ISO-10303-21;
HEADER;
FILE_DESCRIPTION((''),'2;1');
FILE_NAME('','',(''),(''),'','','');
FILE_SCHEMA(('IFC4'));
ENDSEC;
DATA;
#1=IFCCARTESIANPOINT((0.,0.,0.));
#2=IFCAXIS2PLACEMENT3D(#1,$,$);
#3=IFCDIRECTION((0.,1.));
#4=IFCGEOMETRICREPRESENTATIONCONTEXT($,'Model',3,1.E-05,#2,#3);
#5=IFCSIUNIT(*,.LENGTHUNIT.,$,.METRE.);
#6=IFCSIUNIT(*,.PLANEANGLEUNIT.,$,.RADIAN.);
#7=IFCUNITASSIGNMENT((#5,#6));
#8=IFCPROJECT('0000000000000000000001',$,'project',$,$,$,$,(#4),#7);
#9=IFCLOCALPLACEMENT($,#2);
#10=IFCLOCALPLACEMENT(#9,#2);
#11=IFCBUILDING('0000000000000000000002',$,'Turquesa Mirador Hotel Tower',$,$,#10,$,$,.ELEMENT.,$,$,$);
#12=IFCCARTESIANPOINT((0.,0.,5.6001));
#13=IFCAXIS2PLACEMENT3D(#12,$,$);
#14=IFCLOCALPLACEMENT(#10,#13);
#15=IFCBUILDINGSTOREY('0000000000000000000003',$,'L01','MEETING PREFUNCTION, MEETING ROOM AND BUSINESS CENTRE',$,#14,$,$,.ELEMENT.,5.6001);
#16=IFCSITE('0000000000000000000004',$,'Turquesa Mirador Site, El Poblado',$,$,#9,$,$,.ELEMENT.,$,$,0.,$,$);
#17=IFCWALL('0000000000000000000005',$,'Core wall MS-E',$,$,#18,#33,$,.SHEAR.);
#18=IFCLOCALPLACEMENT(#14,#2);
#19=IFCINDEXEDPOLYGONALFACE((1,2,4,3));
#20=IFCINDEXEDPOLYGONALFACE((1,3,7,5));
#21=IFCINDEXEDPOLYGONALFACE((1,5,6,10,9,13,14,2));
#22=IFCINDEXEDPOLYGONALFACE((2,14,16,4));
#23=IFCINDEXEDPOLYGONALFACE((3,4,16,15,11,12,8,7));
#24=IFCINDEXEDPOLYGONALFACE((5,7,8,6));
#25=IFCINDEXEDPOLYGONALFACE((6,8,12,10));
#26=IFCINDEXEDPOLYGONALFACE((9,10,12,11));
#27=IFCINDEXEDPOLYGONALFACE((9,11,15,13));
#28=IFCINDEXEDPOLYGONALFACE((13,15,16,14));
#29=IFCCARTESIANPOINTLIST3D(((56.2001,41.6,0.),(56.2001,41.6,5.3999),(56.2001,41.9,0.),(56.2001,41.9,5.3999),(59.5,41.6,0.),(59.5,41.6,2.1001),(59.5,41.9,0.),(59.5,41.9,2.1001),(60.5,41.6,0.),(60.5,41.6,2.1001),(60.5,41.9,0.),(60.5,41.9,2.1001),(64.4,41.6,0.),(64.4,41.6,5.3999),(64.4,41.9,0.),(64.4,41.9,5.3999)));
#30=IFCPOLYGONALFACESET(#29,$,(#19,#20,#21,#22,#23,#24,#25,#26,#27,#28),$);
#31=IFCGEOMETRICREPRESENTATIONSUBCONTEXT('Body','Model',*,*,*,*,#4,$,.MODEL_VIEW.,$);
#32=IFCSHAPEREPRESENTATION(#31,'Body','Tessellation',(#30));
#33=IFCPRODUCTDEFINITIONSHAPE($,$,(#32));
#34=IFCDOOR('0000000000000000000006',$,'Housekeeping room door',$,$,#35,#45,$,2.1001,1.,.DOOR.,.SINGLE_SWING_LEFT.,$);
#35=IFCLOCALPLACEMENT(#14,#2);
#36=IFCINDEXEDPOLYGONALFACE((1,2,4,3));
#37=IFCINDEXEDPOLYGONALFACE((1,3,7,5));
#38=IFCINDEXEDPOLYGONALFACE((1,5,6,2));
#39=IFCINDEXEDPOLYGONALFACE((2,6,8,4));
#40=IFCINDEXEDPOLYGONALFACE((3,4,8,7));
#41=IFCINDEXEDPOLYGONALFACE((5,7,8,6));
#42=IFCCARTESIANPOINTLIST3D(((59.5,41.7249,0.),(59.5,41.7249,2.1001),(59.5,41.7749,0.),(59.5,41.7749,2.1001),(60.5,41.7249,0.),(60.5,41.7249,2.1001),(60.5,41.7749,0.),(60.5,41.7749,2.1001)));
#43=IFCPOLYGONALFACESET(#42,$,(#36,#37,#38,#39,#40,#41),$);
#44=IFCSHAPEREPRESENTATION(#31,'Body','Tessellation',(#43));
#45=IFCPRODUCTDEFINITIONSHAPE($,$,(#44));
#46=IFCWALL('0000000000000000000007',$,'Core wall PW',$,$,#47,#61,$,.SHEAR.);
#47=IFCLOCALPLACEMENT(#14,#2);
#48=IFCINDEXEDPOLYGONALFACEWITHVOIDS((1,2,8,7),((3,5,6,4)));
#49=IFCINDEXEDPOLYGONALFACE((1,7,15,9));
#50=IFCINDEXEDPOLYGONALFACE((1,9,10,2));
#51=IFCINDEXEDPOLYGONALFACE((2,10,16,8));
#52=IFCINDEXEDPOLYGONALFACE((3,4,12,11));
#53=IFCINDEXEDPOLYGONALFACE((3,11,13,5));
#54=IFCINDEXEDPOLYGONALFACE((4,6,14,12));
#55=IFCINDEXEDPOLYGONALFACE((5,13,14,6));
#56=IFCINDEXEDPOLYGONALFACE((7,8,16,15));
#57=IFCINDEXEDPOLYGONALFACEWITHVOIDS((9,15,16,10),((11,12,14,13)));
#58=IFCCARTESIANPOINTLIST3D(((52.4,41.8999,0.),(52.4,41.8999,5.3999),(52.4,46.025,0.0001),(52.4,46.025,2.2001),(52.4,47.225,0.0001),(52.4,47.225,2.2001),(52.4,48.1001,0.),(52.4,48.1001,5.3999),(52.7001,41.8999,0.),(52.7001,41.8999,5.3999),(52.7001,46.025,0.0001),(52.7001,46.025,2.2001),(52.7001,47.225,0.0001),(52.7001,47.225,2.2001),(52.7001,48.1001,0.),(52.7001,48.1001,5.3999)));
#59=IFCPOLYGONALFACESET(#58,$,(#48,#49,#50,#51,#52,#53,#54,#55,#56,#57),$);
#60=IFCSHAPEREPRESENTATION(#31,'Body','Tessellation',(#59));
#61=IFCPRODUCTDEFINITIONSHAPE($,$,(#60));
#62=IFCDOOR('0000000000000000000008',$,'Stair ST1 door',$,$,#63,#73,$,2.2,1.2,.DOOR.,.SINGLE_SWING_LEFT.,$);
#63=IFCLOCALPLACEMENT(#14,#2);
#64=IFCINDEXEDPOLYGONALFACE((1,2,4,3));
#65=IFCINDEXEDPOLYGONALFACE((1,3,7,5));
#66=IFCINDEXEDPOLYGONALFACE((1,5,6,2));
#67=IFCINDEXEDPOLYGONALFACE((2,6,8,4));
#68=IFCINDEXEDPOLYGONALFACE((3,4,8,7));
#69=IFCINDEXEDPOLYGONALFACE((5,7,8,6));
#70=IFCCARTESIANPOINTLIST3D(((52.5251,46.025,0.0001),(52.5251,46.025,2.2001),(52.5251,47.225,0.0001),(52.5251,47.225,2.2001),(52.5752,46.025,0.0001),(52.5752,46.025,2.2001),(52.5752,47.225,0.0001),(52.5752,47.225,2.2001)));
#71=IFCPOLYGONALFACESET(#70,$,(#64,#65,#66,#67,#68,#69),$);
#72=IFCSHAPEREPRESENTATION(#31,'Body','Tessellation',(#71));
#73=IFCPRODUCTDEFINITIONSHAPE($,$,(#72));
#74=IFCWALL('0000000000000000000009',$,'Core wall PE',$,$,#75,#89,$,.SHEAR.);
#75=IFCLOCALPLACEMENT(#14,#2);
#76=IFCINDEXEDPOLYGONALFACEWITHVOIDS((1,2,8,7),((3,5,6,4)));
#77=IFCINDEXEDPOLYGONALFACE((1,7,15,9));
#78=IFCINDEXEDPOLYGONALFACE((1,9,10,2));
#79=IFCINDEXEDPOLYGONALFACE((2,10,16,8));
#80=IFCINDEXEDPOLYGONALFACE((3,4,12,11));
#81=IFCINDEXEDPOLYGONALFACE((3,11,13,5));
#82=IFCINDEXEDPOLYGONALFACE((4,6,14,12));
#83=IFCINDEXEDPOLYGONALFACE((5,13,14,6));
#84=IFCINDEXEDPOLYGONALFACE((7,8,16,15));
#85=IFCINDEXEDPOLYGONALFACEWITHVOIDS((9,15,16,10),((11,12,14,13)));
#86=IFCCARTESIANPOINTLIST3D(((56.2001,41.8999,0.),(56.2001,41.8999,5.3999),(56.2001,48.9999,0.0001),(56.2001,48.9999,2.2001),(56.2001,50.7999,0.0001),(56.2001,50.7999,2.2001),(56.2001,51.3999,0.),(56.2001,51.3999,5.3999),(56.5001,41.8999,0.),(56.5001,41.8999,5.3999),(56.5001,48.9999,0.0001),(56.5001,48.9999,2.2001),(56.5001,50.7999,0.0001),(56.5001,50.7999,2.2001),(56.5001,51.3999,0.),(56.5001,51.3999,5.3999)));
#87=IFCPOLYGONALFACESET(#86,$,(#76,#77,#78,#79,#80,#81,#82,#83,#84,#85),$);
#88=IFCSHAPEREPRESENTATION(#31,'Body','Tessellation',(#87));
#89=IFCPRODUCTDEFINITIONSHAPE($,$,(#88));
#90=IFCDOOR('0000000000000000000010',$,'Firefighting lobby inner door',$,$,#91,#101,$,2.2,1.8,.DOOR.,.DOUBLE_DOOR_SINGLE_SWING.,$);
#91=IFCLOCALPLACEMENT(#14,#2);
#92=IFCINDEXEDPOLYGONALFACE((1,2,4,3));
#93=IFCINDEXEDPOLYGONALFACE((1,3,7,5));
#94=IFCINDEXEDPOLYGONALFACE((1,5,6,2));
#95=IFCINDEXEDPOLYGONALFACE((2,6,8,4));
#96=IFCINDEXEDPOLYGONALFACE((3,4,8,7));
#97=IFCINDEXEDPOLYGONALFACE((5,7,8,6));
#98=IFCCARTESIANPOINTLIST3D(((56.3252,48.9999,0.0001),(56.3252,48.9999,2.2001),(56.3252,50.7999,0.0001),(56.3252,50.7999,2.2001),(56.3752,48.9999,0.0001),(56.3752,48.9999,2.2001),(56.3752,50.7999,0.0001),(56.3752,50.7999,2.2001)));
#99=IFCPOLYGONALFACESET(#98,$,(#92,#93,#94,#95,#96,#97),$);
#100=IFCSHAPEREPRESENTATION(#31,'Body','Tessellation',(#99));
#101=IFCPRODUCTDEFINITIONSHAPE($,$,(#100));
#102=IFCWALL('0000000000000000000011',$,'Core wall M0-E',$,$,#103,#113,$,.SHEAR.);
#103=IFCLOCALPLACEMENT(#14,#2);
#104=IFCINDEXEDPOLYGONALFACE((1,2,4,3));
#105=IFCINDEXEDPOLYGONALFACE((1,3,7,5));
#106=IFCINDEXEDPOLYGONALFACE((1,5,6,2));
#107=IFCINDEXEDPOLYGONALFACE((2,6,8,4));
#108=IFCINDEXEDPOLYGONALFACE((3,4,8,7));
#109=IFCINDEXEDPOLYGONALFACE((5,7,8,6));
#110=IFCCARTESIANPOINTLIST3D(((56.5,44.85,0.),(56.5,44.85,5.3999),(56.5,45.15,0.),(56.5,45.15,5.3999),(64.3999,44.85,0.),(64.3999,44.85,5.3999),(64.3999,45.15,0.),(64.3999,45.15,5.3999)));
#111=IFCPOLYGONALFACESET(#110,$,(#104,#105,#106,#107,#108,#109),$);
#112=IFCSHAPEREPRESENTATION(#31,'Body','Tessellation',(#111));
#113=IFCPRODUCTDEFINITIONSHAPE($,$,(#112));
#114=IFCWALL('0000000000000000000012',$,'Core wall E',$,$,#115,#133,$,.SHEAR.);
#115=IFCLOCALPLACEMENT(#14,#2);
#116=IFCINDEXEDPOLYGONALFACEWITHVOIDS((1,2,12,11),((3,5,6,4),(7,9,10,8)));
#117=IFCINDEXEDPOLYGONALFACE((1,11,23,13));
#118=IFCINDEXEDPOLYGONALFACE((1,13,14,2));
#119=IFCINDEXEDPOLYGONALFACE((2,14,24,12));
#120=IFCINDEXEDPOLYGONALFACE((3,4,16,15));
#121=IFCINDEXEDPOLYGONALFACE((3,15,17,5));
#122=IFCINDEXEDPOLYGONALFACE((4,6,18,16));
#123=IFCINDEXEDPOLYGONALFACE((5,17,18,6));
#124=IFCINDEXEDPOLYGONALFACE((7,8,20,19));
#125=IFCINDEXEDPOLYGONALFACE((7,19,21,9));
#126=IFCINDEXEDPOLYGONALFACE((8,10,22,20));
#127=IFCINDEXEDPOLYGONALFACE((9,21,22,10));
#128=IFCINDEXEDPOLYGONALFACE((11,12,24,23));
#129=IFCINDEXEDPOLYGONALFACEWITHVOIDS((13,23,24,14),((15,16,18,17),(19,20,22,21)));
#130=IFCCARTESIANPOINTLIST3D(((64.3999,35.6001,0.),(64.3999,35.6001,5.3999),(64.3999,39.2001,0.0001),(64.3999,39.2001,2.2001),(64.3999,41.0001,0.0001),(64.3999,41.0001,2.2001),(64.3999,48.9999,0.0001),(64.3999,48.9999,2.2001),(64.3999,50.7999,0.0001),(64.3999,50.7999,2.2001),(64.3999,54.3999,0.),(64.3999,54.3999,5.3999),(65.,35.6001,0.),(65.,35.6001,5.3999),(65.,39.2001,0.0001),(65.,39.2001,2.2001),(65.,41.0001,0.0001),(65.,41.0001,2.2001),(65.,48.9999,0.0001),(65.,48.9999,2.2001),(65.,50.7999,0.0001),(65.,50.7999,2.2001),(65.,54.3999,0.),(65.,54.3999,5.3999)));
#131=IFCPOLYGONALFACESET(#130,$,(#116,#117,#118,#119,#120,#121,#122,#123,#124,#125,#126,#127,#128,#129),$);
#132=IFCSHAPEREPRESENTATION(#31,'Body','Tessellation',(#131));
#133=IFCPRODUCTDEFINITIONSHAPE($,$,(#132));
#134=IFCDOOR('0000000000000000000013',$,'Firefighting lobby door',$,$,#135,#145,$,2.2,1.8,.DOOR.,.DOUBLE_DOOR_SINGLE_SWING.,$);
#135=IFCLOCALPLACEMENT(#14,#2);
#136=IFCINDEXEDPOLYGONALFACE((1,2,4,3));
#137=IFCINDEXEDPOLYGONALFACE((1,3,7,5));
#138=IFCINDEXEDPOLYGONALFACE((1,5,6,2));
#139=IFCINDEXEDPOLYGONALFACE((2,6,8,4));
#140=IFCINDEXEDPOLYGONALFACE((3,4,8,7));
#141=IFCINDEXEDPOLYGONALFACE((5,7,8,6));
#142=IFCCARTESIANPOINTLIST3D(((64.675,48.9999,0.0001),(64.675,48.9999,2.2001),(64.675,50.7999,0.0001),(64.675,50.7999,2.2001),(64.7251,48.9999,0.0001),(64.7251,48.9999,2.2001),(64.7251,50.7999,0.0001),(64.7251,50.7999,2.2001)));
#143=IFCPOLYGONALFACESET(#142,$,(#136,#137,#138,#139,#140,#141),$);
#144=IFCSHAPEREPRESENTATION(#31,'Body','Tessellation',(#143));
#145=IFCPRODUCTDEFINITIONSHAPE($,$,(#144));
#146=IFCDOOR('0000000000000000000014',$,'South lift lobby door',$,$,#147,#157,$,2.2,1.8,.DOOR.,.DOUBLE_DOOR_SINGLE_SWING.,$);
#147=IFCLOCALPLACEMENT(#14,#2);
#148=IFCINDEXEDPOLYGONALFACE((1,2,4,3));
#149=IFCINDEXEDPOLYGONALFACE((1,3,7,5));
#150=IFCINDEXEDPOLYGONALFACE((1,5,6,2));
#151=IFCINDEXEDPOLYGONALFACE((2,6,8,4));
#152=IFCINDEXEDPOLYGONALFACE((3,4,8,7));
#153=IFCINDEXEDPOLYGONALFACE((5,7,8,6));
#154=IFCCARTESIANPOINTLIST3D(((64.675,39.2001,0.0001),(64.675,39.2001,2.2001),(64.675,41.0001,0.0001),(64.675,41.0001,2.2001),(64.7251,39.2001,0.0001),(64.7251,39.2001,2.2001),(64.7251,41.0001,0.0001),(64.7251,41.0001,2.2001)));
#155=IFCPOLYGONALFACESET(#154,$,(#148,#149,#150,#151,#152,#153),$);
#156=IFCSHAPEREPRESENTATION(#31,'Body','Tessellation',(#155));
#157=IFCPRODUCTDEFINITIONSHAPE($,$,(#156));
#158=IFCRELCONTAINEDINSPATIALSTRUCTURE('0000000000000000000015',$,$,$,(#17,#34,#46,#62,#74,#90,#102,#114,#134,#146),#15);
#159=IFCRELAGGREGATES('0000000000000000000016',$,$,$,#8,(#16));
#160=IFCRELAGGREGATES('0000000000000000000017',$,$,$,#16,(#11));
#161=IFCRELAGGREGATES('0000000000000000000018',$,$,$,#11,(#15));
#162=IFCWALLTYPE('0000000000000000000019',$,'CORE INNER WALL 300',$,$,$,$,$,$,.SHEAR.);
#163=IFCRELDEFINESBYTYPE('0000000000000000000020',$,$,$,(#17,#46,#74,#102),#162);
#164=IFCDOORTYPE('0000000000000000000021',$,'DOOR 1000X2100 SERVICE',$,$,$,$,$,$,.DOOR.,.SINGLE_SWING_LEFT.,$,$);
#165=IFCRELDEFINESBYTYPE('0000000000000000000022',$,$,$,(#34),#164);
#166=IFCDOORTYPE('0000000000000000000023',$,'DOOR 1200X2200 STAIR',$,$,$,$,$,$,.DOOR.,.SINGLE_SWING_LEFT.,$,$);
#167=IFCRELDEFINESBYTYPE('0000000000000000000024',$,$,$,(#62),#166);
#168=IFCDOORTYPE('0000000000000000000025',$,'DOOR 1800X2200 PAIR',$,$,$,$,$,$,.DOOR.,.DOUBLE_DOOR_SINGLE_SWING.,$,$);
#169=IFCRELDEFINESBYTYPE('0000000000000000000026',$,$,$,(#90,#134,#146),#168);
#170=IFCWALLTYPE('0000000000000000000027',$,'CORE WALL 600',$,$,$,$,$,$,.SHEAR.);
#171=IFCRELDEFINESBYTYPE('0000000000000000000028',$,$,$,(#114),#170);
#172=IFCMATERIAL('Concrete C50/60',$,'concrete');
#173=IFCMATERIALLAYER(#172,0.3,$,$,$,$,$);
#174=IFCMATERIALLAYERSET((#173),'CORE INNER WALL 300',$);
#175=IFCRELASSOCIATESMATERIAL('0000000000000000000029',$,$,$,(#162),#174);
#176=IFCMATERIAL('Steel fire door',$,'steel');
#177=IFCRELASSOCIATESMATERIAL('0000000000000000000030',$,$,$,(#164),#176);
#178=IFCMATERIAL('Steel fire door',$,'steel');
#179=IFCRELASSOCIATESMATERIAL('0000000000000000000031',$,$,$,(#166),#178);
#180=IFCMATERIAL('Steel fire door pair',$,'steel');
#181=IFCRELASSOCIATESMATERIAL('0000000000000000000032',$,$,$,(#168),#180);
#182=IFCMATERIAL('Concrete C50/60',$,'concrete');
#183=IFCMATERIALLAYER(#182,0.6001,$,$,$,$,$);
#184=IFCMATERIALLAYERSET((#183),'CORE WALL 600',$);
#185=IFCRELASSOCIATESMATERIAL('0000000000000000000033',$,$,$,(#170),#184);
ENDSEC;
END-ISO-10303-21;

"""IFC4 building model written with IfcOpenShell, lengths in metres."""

from ifc_helpers import new_model, si_unit, direction, frame, frame_2d, origin, place, context, subcontext, project, spatial, rectangle, extrude, material, layer, layer_set, type_object, element, fill, save


model = new_model("IFC4")

# Units and contexts
model_context = context("Model", 3, precision=1e-05, world=origin(), true_north=direction((0.0, 1.0)))
body_context = subcontext(model_context, "Body", "Model", "MODEL_VIEW")
ifc_project = project(units=[si_unit("LENGTHUNIT", "METRE"), si_unit("PLANEANGLEUNIT", "RADIAN")], contexts=[model_context])

# Site, building, storey
site_placement = place(None, origin())
site = spatial("IfcSite", under=ifc_project, at=site_placement, Name="Turquesa Mirador Site, El Poblado", CompositionType="ELEMENT", RefElevation=0.0)
building_placement = place(site_placement, origin())
building = spatial("IfcBuilding", under=site, at=building_placement, Name="Turquesa Mirador Hotel Tower", CompositionType="ELEMENT")
storey_placement = place(building_placement, frame((0.0, 0.0, 5.6001)))
storey = spatial("IfcBuildingStorey", under=building, at=storey_placement, Name="L01", Description="MEETING PREFUNCTION, MEETING ROOM AND BUSINESS CENTRE", CompositionType="ELEMENT", Elevation=5.6001)

# Walls, openings, doors
ifc_material_1 = material(Name="Concrete C50/60", Category="concrete")
ifc_layer_1 = layer(ifc_material_1, 0.3)
ifc_layer_set_1 = layer_set([ifc_layer_1], Name="CORE INNER WALL 300")
wall_type_1 = type_object("IfcWallType", Name="CORE INNER WALL 300", PredefinedType="SHEAR", material=ifc_layer_set_1)
wall_1_placement = place(storey_placement, frame((56.2, 41.75, 0.0), z_axis=(0.0, 0.0, 1.0), x_axis=(1.0, 0.0, 0.0)))
wall_1 = element("IfcWall", 1, at=wall_1_placement, inside=storey, type_object=wall_type_1, Name="Core wall MS-E", PredefinedType="SHEAR", context=body_context, shape_type="SweptSolid", body=[
    extrude(rectangle(XDim=8.2, YDim=0.3, at=frame_2d((4.1001, 0.0))), origin(), (0.0, 0.0, 1.0), 5.3999),
])
opening_1_placement = place(wall_1_placement, frame((3.3, 0.0, 0.0)))
opening_1 = element("IfcOpeningElement", 2, at=opening_1_placement, cuts=wall_1, PredefinedType="OPENING", context=body_context, shape_type="SweptSolid", body=[
    extrude(rectangle(XDim=1.0, YDim=2.1001, at=frame_2d((0.5, 1.05))), frame((0.0, 0.1599, 0.0), z_axis=(0.0, -1.0, 0.0), x_axis=(1.0, 0.0, 0.0)), (0.0, 0.0, 1.0), 0.3201),
])
ifc_material_2 = material(Name="Steel fire door", Category="steel")
door_type_1 = type_object("IfcDoorType", Name="DOOR 1000X2100 SERVICE", OperationType="SINGLE_SWING_LEFT", PredefinedType="DOOR", material=ifc_material_2)
door_1_placement = place(opening_1_placement, origin())
door_1 = element("IfcDoor", 3, at=door_1_placement, inside=storey, type_object=door_type_1, Name="Housekeeping room door", OperationType="SINGLE_SWING_LEFT", OverallHeight=2.1001, OverallWidth=1.0, PredefinedType="DOOR", context=body_context, shape_type="SweptSolid", body=[
    extrude(rectangle(XDim=1.0, YDim=2.1001, at=frame_2d((0.5, 1.05))), frame((0.0, 0.0249, 0.0), z_axis=(0.0, -1.0, 0.0), x_axis=(1.0, 0.0, 0.0)), (0.0, 0.0, 1.0), 0.05),
])
fill(opening_1, door_1)
wall_2_placement = place(storey_placement, frame((52.55, 41.8999, 0.0), z_axis=(0.0, 0.0, 1.0), x_axis=(0.0, 1.0, 0.0)))
wall_2 = element("IfcWall", 4, at=wall_2_placement, inside=storey, type_object=wall_type_1, Name="Core wall PW", PredefinedType="SHEAR", context=body_context, shape_type="SweptSolid", body=[
    extrude(rectangle(XDim=6.2002, YDim=0.3, at=frame_2d((3.1001, 0.0))), origin(), (0.0, 0.0, 1.0), 5.3999),
])
opening_2_placement = place(wall_2_placement, frame((4.125, 0.0, 0.0)))
opening_2 = element("IfcOpeningElement", 5, at=opening_2_placement, cuts=wall_2, PredefinedType="OPENING", context=body_context, shape_type="SweptSolid", body=[
    extrude(rectangle(XDim=1.2, YDim=2.2, at=frame_2d((0.6001, 1.1001))), frame((0.0, 0.1599, 0.0), z_axis=(0.0, -1.0, 0.0), x_axis=(1.0, 0.0, 0.0)), (0.0, 0.0, 1.0), 0.3201),
])
ifc_material_3 = material(Name="Steel fire door", Category="steel")
door_type_2 = type_object("IfcDoorType", Name="DOOR 1200X2200 STAIR", OperationType="SINGLE_SWING_LEFT", PredefinedType="DOOR", material=ifc_material_3)
door_2_placement = place(opening_2_placement, origin())
door_2 = element("IfcDoor", 6, at=door_2_placement, inside=storey, type_object=door_type_2, Name="Stair ST1 door", OperationType="SINGLE_SWING_LEFT", OverallHeight=2.2, OverallWidth=1.2, PredefinedType="DOOR", context=body_context, shape_type="SweptSolid", body=[
    extrude(rectangle(XDim=1.2, YDim=2.2, at=frame_2d((0.6001, 1.1001))), frame((0.0, 0.0249, 0.0), z_axis=(0.0, -1.0, 0.0), x_axis=(1.0, 0.0, 0.0)), (0.0, 0.0, 1.0), 0.05),
])
fill(opening_2, door_2)
wall_3_placement = place(storey_placement, frame((56.3501, 41.8999, 0.0), z_axis=(0.0, 0.0, 1.0), x_axis=(0.0, 1.0, 0.0)))
wall_3 = element("IfcWall", 7, at=wall_3_placement, inside=storey, type_object=wall_type_1, Name="Core wall PE", PredefinedType="SHEAR", context=body_context, shape_type="SweptSolid", body=[
    extrude(rectangle(XDim=9.5, YDim=0.3, at=frame_2d((4.75, 0.0))), origin(), (0.0, 0.0, 1.0), 5.3999),
])
opening_3_placement = place(wall_3_placement, frame((7.1001, 0.0, 0.0)))
opening_3 = element("IfcOpeningElement", 8, at=opening_3_placement, cuts=wall_3, PredefinedType="OPENING", context=body_context, shape_type="SweptSolid", body=[
    extrude(rectangle(XDim=1.8, YDim=2.2, at=frame_2d((0.8999, 1.1001))), frame((0.0, 0.1599, 0.0), z_axis=(0.0, -1.0, 0.0), x_axis=(1.0, 0.0, 0.0)), (0.0, 0.0, 1.0), 0.3201),
])
ifc_material_4 = material(Name="Steel fire door pair", Category="steel")
door_type_3 = type_object("IfcDoorType", Name="DOOR 1800X2200 PAIR", OperationType="DOUBLE_DOOR_SINGLE_SWING", PredefinedType="DOOR", material=ifc_material_4)
door_3_placement = place(opening_3_placement, origin())
door_3 = element("IfcDoor", 9, at=door_3_placement, inside=storey, type_object=door_type_3, Name="Firefighting lobby inner door", OperationType="DOUBLE_DOOR_SINGLE_SWING", OverallHeight=2.2, OverallWidth=1.8, PredefinedType="DOOR", context=body_context, shape_type="SweptSolid", body=[
    extrude(rectangle(XDim=1.8, YDim=2.2, at=frame_2d((0.8999, 1.1001))), frame((0.0, 0.0249, 0.0), z_axis=(0.0, -1.0, 0.0), x_axis=(1.0, 0.0, 0.0)), (0.0, 0.0, 1.0), 0.05),
])
fill(opening_3, door_3)

# Wall
wall_4_placement = place(storey_placement, frame((56.5, 45.0, 0.0), z_axis=(0.0, 0.0, 1.0), x_axis=(1.0, 0.0, 0.0)))
element("IfcWall", 10, at=wall_4_placement, inside=storey, type_object=wall_type_1, Name="Core wall M0-E", PredefinedType="SHEAR", context=body_context, shape_type="SweptSolid", body=[
    extrude(rectangle(XDim=7.8999, YDim=0.3, at=frame_2d((3.95, 0.0))), origin(), (0.0, 0.0, 1.0), 5.3999),
])

# Wall, openings, doors
ifc_material_5 = material(Name="Concrete C50/60", Category="concrete")
ifc_layer_2 = layer(ifc_material_5, 0.6001)
ifc_layer_set_2 = layer_set([ifc_layer_2], Name="CORE WALL 600")
wall_type_2 = type_object("IfcWallType", Name="CORE WALL 600", PredefinedType="SHEAR", material=ifc_layer_set_2)
wall_5_placement = place(storey_placement, frame((64.7, 35.6001, 0.0), z_axis=(0.0, 0.0, 1.0), x_axis=(0.0, 1.0, 0.0)))
wall_5 = element("IfcWall", 11, at=wall_5_placement, inside=storey, type_object=wall_type_2, Name="Core wall E", PredefinedType="SHEAR", context=body_context, shape_type="SweptSolid", body=[
    extrude(rectangle(XDim=18.7998, YDim=0.6001, at=frame_2d((9.3999, 0.0))), origin(), (0.0, 0.0, 1.0), 5.3999),
])
opening_4_placement = place(wall_5_placement, frame((13.3999, 0.0, 0.0)))
opening_4 = element("IfcOpeningElement", 12, at=opening_4_placement, cuts=wall_5, PredefinedType="OPENING", context=body_context, shape_type="SweptSolid", body=[
    extrude(rectangle(XDim=1.8, YDim=2.2, at=frame_2d((0.8999, 1.1001))), frame((0.0, 0.3101, 0.0), z_axis=(0.0, -1.0, 0.0), x_axis=(1.0, 0.0, 0.0)), (0.0, 0.0, 1.0), 0.6201),
])
opening_5_placement = place(wall_5_placement, frame((3.6001, 0.0, 0.0)))
opening_5 = element("IfcOpeningElement", 13, at=opening_5_placement, cuts=wall_5, PredefinedType="OPENING", context=body_context, shape_type="SweptSolid", body=[
    extrude(rectangle(XDim=1.8, YDim=2.2, at=frame_2d((0.8999, 1.1001))), frame((0.0, 0.3101, 0.0), z_axis=(0.0, -1.0, 0.0), x_axis=(1.0, 0.0, 0.0)), (0.0, 0.0, 1.0), 0.6201),
])
door_4_placement = place(opening_4_placement, origin())
door_4 = element("IfcDoor", 14, at=door_4_placement, inside=storey, type_object=door_type_3, Name="Firefighting lobby door", OperationType="DOUBLE_DOOR_SINGLE_SWING", OverallHeight=2.2, OverallWidth=1.8, PredefinedType="DOOR", context=body_context, shape_type="SweptSolid", body=[
    extrude(rectangle(XDim=1.8, YDim=2.2, at=frame_2d((0.8999, 1.1001))), frame((0.0, 0.0249, 0.0), z_axis=(0.0, -1.0, 0.0), x_axis=(1.0, 0.0, 0.0)), (0.0, 0.0, 1.0), 0.05),
])
fill(opening_4, door_4)
door_5_placement = place(opening_5_placement, origin())
door_5 = element("IfcDoor", 15, at=door_5_placement, inside=storey, type_object=door_type_3, Name="South lift lobby door", OperationType="DOUBLE_DOOR_SINGLE_SWING", OverallHeight=2.2, OverallWidth=1.8, PredefinedType="DOOR", context=body_context, shape_type="SweptSolid", body=[
    extrude(rectangle(XDim=1.8, YDim=2.2, at=frame_2d((0.8999, 1.1001))), frame((0.0, 0.0249, 0.0), z_axis=(0.0, -1.0, 0.0), x_axis=(1.0, 0.0, 0.0)), (0.0, 0.0, 1.0), 0.05),
])
fill(opening_5, door_5)

save(model, "model.ifc")
